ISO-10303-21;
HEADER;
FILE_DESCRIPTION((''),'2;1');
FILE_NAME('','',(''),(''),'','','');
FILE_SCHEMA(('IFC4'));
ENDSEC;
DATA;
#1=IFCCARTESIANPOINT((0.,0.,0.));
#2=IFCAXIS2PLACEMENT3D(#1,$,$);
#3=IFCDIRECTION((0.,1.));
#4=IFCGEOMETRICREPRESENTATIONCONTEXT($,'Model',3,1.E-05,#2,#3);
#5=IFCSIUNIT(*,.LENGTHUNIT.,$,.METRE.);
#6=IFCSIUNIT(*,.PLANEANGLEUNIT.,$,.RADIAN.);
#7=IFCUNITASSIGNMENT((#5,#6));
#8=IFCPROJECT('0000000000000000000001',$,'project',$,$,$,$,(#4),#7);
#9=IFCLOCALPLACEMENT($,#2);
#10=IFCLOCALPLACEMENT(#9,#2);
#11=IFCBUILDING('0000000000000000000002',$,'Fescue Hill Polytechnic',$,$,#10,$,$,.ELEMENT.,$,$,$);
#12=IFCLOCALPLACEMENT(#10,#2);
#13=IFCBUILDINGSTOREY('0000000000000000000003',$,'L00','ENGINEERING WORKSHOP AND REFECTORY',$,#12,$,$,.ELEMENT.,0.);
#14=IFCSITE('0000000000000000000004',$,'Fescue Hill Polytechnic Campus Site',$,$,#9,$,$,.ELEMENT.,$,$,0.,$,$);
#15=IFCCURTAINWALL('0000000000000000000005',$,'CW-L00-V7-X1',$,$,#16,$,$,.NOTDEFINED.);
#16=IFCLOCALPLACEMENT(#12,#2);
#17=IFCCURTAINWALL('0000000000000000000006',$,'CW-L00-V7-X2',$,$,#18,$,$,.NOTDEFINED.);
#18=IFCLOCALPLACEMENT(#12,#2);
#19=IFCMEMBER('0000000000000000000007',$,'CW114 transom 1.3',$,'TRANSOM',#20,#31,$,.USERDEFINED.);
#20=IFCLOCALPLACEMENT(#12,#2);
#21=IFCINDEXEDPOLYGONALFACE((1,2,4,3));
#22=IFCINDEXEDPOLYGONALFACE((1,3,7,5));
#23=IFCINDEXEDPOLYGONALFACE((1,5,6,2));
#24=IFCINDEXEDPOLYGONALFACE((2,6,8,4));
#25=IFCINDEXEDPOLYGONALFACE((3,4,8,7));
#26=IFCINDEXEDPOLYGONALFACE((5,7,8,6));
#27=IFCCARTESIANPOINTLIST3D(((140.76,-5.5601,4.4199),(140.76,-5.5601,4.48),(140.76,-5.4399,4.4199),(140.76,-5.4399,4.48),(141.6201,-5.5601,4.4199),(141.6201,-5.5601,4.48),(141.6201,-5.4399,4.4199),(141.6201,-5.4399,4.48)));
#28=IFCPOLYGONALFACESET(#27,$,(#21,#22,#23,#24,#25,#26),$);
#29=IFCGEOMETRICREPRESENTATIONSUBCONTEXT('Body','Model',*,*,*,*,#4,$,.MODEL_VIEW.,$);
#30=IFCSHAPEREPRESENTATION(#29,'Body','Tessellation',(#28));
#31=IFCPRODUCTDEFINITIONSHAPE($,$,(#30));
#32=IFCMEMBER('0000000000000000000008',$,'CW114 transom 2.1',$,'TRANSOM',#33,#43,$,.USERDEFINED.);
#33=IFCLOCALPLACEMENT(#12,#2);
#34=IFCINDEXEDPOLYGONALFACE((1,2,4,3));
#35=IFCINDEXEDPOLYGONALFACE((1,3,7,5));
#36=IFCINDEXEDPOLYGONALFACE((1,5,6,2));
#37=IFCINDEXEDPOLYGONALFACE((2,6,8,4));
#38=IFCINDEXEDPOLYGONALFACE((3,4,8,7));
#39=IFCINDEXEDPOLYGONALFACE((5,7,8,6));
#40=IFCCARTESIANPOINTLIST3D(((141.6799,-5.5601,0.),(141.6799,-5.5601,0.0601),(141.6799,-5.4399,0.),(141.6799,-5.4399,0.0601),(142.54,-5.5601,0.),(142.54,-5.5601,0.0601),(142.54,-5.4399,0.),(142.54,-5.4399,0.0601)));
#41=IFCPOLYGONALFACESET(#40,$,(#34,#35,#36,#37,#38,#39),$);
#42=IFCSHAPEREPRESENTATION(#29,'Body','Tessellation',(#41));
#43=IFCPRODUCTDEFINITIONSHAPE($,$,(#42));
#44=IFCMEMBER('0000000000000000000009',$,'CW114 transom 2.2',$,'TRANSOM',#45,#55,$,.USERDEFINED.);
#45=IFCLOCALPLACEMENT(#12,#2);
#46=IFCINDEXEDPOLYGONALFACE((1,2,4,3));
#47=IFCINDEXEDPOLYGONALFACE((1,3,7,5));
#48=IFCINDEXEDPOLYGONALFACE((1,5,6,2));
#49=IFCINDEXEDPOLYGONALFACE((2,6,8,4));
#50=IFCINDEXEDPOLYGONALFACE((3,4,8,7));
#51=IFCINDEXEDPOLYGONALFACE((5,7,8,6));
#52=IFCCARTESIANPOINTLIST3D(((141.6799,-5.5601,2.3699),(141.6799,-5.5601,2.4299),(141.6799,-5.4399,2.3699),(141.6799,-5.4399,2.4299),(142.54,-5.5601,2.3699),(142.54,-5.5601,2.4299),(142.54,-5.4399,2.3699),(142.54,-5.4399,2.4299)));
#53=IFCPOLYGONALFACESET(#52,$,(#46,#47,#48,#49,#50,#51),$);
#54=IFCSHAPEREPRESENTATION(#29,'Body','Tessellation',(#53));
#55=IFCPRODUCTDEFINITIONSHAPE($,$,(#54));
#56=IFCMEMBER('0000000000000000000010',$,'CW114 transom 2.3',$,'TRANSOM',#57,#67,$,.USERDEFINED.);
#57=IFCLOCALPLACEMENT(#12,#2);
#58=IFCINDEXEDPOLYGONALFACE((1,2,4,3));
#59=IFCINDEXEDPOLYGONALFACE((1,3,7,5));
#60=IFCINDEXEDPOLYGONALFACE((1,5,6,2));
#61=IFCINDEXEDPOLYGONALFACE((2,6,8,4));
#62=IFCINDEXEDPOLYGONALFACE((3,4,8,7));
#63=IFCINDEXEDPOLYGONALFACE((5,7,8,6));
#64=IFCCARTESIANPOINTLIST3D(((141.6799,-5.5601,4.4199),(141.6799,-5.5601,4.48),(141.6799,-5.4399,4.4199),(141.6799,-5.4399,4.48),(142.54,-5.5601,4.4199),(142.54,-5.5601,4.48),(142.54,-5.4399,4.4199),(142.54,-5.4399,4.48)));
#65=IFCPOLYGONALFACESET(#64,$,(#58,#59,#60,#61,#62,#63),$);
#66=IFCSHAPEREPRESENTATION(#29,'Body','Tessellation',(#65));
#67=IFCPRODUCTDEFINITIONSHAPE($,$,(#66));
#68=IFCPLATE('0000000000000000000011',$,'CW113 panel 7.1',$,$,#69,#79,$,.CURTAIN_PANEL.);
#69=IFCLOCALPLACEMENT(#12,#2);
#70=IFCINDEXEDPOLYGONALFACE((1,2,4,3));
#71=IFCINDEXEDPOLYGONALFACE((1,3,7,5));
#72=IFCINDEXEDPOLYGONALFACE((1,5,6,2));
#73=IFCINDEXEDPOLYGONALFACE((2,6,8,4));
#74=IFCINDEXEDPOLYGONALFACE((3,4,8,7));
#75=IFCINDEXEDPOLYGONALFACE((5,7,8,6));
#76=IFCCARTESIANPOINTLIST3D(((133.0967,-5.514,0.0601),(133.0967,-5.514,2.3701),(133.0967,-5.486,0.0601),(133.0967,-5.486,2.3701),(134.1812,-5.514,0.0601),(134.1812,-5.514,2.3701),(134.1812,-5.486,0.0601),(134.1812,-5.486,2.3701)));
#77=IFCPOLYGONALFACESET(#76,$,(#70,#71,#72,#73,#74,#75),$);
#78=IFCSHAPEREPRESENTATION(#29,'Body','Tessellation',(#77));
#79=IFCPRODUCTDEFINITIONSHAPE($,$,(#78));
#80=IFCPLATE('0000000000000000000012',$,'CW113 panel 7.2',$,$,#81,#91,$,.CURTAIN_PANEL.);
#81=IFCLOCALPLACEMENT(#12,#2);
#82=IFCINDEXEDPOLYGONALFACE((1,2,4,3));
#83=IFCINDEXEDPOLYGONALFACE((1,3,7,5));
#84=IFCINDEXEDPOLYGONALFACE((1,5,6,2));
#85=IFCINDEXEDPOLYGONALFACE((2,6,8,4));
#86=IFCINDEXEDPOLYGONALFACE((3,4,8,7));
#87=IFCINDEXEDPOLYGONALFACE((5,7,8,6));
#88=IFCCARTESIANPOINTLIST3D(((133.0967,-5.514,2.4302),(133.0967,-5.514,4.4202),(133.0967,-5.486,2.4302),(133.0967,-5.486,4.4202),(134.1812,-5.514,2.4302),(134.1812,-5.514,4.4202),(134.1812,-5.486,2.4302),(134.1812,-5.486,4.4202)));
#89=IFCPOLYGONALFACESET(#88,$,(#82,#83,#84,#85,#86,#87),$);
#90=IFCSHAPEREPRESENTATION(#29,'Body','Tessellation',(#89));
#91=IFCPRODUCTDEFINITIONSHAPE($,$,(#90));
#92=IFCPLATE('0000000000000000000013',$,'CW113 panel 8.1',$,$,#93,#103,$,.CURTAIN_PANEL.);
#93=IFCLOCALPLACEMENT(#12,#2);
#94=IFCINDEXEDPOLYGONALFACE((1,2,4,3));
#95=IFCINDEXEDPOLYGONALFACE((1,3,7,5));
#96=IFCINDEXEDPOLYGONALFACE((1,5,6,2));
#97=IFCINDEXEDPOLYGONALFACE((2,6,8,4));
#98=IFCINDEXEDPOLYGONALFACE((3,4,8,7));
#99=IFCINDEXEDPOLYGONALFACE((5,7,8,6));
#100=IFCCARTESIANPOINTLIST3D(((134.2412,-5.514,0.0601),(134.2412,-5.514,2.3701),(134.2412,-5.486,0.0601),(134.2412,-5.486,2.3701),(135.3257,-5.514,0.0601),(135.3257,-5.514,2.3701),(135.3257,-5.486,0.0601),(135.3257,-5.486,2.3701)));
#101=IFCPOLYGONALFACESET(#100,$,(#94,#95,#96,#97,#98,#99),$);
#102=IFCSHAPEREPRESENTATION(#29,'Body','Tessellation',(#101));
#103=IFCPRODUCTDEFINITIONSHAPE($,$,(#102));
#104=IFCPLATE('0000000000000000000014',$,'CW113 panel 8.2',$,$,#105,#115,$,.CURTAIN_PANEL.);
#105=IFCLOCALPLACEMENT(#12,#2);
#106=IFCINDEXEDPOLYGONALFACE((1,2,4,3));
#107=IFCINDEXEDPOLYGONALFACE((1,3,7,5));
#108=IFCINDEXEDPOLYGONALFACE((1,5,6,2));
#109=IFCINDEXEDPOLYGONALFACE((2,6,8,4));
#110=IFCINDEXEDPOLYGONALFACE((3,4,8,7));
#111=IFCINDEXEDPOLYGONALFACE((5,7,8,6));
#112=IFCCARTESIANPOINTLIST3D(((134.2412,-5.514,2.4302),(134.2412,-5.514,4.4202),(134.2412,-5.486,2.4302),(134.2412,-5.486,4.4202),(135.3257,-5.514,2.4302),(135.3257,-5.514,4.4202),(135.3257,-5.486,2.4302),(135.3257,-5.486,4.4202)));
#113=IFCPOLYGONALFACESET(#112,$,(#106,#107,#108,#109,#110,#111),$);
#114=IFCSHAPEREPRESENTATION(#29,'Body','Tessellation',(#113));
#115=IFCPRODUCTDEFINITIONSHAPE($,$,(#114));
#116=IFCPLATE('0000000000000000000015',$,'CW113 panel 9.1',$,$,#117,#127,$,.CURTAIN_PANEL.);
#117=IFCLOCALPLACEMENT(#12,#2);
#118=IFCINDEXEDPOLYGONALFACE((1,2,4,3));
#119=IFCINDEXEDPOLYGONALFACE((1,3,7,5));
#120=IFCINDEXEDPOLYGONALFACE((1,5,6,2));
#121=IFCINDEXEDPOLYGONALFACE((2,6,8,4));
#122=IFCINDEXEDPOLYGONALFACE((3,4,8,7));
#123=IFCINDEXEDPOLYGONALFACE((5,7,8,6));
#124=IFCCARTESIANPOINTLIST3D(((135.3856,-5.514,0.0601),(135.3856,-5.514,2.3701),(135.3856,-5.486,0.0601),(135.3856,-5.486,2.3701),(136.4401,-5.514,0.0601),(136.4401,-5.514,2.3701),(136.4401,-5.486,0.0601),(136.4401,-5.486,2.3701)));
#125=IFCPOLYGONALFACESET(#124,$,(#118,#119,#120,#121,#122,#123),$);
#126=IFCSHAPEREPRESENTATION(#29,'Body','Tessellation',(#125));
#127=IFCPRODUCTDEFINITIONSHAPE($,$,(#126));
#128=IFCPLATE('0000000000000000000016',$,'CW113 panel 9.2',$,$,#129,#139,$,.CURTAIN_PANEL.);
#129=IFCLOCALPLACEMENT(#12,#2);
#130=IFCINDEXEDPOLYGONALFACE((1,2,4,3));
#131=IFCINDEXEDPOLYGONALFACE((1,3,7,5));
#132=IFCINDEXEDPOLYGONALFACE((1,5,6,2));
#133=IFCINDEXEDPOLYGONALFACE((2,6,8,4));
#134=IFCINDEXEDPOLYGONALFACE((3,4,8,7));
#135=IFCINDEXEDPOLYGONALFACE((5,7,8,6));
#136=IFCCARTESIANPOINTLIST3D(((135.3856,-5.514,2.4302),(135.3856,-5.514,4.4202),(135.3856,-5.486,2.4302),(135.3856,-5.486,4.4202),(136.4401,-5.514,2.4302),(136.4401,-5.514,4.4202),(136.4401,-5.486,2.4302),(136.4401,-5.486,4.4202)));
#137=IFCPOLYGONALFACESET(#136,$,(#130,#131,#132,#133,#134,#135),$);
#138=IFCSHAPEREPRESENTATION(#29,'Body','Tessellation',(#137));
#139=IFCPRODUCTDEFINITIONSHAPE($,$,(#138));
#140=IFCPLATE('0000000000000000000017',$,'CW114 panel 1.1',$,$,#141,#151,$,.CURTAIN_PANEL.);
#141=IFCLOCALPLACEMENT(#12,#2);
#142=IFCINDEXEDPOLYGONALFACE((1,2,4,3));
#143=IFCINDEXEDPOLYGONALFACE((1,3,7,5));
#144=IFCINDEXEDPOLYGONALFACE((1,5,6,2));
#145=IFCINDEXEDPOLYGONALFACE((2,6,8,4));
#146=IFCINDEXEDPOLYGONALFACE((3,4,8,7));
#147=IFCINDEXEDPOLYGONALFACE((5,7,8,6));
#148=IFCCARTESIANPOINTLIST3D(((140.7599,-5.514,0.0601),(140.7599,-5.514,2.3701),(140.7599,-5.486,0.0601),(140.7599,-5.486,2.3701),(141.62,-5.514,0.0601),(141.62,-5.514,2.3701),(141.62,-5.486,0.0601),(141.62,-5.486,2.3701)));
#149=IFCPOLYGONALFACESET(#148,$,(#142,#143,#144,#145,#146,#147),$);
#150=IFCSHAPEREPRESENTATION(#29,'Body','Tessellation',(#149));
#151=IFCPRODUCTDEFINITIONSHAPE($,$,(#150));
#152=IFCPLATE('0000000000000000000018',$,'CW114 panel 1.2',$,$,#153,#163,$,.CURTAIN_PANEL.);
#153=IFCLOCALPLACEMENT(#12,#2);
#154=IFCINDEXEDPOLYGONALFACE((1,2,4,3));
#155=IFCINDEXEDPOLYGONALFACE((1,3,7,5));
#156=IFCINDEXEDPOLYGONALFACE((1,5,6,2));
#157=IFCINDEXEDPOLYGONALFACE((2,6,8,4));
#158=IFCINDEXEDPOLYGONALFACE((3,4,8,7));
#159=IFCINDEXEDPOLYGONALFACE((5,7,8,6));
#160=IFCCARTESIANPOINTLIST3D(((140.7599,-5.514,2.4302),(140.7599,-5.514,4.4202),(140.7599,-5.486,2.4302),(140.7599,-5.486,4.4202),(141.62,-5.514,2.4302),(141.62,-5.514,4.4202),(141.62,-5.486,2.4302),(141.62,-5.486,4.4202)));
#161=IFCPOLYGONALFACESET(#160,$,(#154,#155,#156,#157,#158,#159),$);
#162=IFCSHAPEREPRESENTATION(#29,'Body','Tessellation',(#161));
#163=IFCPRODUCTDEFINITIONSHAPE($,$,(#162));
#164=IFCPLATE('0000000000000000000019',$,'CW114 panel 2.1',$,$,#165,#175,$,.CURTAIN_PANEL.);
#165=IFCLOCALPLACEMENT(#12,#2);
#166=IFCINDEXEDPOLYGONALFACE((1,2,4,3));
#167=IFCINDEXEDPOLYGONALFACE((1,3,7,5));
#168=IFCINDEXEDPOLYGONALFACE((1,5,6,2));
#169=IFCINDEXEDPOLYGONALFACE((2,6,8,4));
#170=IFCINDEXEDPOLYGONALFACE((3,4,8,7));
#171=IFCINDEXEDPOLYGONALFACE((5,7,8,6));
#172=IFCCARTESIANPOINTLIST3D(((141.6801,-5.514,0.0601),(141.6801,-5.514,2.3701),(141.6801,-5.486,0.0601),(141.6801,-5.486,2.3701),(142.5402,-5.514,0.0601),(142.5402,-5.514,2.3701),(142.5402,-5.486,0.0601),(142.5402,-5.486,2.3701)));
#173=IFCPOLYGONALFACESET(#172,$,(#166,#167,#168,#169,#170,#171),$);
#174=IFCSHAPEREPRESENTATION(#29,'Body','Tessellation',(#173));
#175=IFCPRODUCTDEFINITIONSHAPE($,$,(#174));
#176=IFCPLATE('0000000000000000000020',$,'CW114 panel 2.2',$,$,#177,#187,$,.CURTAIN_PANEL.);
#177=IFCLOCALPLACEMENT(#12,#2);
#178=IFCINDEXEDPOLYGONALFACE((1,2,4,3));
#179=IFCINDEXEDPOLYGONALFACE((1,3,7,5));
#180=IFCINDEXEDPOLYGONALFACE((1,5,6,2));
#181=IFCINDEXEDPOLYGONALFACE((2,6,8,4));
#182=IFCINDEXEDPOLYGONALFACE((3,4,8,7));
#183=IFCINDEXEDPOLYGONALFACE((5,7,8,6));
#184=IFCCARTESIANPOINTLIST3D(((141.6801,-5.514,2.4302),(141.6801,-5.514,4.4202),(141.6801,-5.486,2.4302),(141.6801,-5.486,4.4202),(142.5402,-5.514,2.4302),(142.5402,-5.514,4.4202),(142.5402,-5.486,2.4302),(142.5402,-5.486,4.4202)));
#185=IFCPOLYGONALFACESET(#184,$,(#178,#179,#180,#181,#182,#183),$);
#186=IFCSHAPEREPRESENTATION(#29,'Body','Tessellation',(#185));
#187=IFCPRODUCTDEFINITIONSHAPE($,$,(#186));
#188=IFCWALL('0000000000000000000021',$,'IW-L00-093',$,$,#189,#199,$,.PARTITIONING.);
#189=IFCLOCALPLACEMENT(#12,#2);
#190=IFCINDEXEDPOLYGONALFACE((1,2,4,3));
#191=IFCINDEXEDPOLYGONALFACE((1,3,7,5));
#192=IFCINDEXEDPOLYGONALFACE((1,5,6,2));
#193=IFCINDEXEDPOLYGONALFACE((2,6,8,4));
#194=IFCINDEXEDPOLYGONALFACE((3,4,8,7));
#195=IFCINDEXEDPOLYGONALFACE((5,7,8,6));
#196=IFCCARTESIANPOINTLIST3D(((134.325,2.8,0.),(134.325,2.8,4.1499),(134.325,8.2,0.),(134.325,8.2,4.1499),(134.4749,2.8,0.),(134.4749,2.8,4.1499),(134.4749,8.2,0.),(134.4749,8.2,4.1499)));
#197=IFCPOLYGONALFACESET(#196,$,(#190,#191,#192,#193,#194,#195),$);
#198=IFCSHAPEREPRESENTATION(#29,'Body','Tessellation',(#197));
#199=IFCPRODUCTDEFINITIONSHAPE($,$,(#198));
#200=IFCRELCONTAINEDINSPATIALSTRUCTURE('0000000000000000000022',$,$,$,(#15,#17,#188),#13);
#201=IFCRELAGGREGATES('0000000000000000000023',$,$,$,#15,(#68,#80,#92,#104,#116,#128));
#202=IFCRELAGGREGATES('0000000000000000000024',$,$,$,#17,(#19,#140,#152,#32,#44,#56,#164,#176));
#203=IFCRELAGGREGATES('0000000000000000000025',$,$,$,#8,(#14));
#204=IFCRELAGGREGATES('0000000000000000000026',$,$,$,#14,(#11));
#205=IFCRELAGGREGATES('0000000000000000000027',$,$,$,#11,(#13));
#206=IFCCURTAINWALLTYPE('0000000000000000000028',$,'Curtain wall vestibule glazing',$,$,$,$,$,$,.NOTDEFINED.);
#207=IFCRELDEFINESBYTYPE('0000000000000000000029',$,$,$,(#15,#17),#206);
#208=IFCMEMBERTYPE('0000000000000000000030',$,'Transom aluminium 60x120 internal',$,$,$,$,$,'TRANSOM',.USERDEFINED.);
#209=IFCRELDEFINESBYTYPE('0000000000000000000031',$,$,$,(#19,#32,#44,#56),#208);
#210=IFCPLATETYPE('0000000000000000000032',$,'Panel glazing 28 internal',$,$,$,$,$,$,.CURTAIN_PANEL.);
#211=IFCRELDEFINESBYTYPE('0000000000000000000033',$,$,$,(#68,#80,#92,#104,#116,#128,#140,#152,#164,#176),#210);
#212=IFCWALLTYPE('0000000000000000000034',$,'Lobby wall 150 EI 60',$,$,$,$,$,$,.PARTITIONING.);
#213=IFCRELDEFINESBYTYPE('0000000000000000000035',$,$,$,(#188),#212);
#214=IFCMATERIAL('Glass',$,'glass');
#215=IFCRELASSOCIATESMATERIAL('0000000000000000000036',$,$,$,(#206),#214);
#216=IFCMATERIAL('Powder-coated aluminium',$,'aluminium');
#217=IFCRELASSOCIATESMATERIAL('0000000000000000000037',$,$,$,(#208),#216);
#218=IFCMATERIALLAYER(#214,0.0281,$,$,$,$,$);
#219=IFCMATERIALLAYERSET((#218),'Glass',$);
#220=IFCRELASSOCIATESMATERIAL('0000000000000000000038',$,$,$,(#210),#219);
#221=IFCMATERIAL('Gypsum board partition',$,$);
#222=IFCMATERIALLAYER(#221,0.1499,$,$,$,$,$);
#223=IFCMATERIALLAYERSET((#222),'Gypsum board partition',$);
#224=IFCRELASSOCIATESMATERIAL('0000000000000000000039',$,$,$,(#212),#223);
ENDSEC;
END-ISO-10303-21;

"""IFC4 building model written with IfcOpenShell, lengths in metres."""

from ifc_helpers import new_model, si_unit, direction, frame, frame_2d, origin, origin_2d, place, context, subcontext, project, spatial, rectangle, extrude, material, layer, layer_set, material_profile, profile_set, type_object, element, aggregate, save


model = new_model("IFC4")

# Units and contexts
model_context = context("Model", 3, precision=1e-05, world=origin(), true_north=direction((0.0, 1.0)))
body_context = subcontext(model_context, "Body", "Model", "MODEL_VIEW")
ifc_project = project(units=[si_unit("LENGTHUNIT", "METRE"), si_unit("PLANEANGLEUNIT", "RADIAN")], contexts=[model_context])

# Site, building, storey
site_placement = place(None, origin())
site = spatial("IfcSite", under=ifc_project, at=site_placement, Name="Fescue Hill Polytechnic Campus Site", CompositionType="ELEMENT", RefElevation=0.0)
building_placement = place(site_placement, origin())
building = spatial("IfcBuilding", under=site, at=building_placement, Name="Fescue Hill Polytechnic", CompositionType="ELEMENT")
storey_placement = place(building_placement, origin())
storey = spatial("IfcBuildingStorey", under=building, at=storey_placement, Name="L00", Description="ENGINEERING WORKSHOP AND REFECTORY", CompositionType="ELEMENT", Elevation=0.0)

# Curtain walls
ifc_material_1 = material(Name="Glass", Category="glass")
curtain_wall_type = type_object("IfcCurtainWallType", Name="Curtain wall vestibule glazing", PredefinedType="NOTDEFINED", material=ifc_material_1)
curtain_wall_1_placement = place(storey_placement, origin())
curtain_wall_1 = element("IfcCurtainWall", 1, at=curtain_wall_1_placement, inside=storey, type_object=curtain_wall_type, Name="CW-L00-V7-X1", PredefinedType="NOTDEFINED")
ifc_material_2 = material(Name="Powder-coated aluminium", Category="aluminium")
curtain_wall_2_placement = place(storey_placement, origin())
curtain_wall_2 = element("IfcCurtainWall", 2, at=curtain_wall_2_placement, inside=storey, type_object=curtain_wall_type, Name="CW-L00-V7-X2", PredefinedType="NOTDEFINED")

# Members
ifc_material_profile_1 = material_profile(ifc_material_2, rectangle(XDim=0.1201, YDim=0.0601, at=origin_2d()), Name="Transom aluminium 60x120 internal")
ifc_profile_set_1 = profile_set([ifc_material_profile_1], Name="Powder-coated aluminium")
member_type_1 = type_object("IfcMemberType", Name="Transom aluminium 60x120 internal", ElementType="TRANSOM", PredefinedType="USERDEFINED", material=ifc_profile_set_1)
member_1_placement = place(storey_placement, frame((140.76, -5.5, 4.45), z_axis=(1.0, 0.0, 0.0), x_axis=(0.0, 1.0, 0.0)))
member_1 = element("IfcMember", 3, at=member_1_placement, type_object=member_type_1, Name="CW114 transom 1.3", ObjectType="TRANSOM", PredefinedType="USERDEFINED", context=body_context, shape_type="SweptSolid", body=[
    extrude(rectangle(XDim=0.1201, YDim=0.0601, at=origin_2d()), origin(), (0.0, 0.0, 1.0), 0.8601),
])
member_2_placement = place(storey_placement, frame((141.6799, -5.5, 0.03), z_axis=(1.0, 0.0, 0.0), x_axis=(0.0, 1.0, 0.0)))
member_2 = element("IfcMember", 4, at=member_2_placement, type_object=member_type_1, Name="CW114 transom 2.1", ObjectType="TRANSOM", PredefinedType="USERDEFINED", context=body_context, shape_type="SweptSolid", body=[
    extrude(rectangle(XDim=0.1201, YDim=0.0601, at=origin_2d()), origin(), (0.0, 0.0, 1.0), 0.8601),
])
member_3_placement = place(storey_placement, frame((141.6799, -5.5, 2.3999), z_axis=(1.0, 0.0, 0.0), x_axis=(0.0, 1.0, 0.0)))
member_3 = element("IfcMember", 5, at=member_3_placement, type_object=member_type_1, Name="CW114 transom 2.2", ObjectType="TRANSOM", PredefinedType="USERDEFINED", context=body_context, shape_type="SweptSolid", body=[
    extrude(rectangle(XDim=0.1201, YDim=0.0601, at=origin_2d()), origin(), (0.0, 0.0, 1.0), 0.8601),
])
member_4_placement = place(storey_placement, frame((141.6799, -5.5, 4.45), z_axis=(1.0, 0.0, 0.0), x_axis=(0.0, 1.0, 0.0)))
member_4 = element("IfcMember", 6, at=member_4_placement, type_object=member_type_1, Name="CW114 transom 2.3", ObjectType="TRANSOM", PredefinedType="USERDEFINED", context=body_context, shape_type="SweptSolid", body=[
    extrude(rectangle(XDim=0.1201, YDim=0.0601, at=origin_2d()), origin(), (0.0, 0.0, 1.0), 0.8601),
])

# Plates
ifc_layer_1 = layer(ifc_material_1, 0.0281)
ifc_layer_set_1 = layer_set([ifc_layer_1], Name="Glass")
plate_type = type_object("IfcPlateType", Name="Panel glazing 28 internal", PredefinedType="CURTAIN_PANEL", material=ifc_layer_set_1)
plate_1_placement = place(storey_placement, frame((133.6389, -5.5, 0.0601), z_axis=(0.0, 0.0, 1.0), x_axis=(1.0, 0.0, 0.0)))
plate_1 = element("IfcPlate", 7, at=plate_1_placement, type_object=plate_type, Name="CW113 panel 7.1", PredefinedType="CURTAIN_PANEL", context=body_context, shape_type="SweptSolid", body=[
    extrude(rectangle(XDim=1.0845, YDim=0.0281, at=origin_2d()), origin(), (0.0, 0.0, 1.0), 2.3101),
])
plate_2_placement = place(storey_placement, frame((133.6389, -5.5, 2.4302), z_axis=(0.0, 0.0, 1.0), x_axis=(1.0, 0.0, 0.0)))
plate_2 = element("IfcPlate", 8, at=plate_2_placement, type_object=plate_type, Name="CW113 panel 7.2", PredefinedType="CURTAIN_PANEL", context=body_context, shape_type="SweptSolid", body=[
    extrude(rectangle(XDim=1.0845, YDim=0.0281, at=origin_2d()), origin(), (0.0, 0.0, 1.0), 1.99),
])
plate_3_placement = place(storey_placement, frame((134.7834, -5.5, 0.0601), z_axis=(0.0, 0.0, 1.0), x_axis=(1.0, 0.0, 0.0)))
plate_3 = element("IfcPlate", 9, at=plate_3_placement, type_object=plate_type, Name="CW113 panel 8.1", PredefinedType="CURTAIN_PANEL", context=body_context, shape_type="SweptSolid", body=[
    extrude(rectangle(XDim=1.0845, YDim=0.0281, at=origin_2d()), origin(), (0.0, 0.0, 1.0), 2.3101),
])
plate_4_placement = place(storey_placement, frame((134.7834, -5.5, 2.4302), z_axis=(0.0, 0.0, 1.0), x_axis=(1.0, 0.0, 0.0)))
plate_4 = element("IfcPlate", 10, at=plate_4_placement, type_object=plate_type, Name="CW113 panel 8.2", PredefinedType="CURTAIN_PANEL", context=body_context, shape_type="SweptSolid", body=[
    extrude(rectangle(XDim=1.0845, YDim=0.0281, at=origin_2d()), origin(), (0.0, 0.0, 1.0), 1.99),
])
plate_5_placement = place(storey_placement, frame((135.9128, -5.5, 0.0601), z_axis=(0.0, 0.0, 1.0), x_axis=(1.0, 0.0, 0.0)))
plate_5 = element("IfcPlate", 11, at=plate_5_placement, type_object=plate_type, Name="CW113 panel 9.1", PredefinedType="CURTAIN_PANEL", context=body_context, shape_type="SweptSolid", body=[
    extrude(rectangle(XDim=1.0544, YDim=0.0281, at=origin_2d()), origin(), (0.0, 0.0, 1.0), 2.3101),
])
plate_6_placement = place(storey_placement, frame((135.9128, -5.5, 2.4302), z_axis=(0.0, 0.0, 1.0), x_axis=(1.0, 0.0, 0.0)))
plate_6 = element("IfcPlate", 12, at=plate_6_placement, type_object=plate_type, Name="CW113 panel 9.2", PredefinedType="CURTAIN_PANEL", context=body_context, shape_type="SweptSolid", body=[
    extrude(rectangle(XDim=1.0544, YDim=0.0281, at=origin_2d()), origin(), (0.0, 0.0, 1.0), 1.99),
])
aggregate(curtain_wall_1, [plate_1, plate_2, plate_3, plate_4, plate_5, plate_6])
plate_7_placement = place(storey_placement, frame((141.1899, -5.5, 0.0601), z_axis=(0.0, 0.0, 1.0), x_axis=(1.0, 0.0, 0.0)))
plate_7 = element("IfcPlate", 13, at=plate_7_placement, type_object=plate_type, Name="CW114 panel 1.1", PredefinedType="CURTAIN_PANEL", context=body_context, shape_type="SweptSolid", body=[
    extrude(rectangle(XDim=0.8601, YDim=0.0281, at=origin_2d()), origin(), (0.0, 0.0, 1.0), 2.3101),
])
plate_8_placement = place(storey_placement, frame((141.1899, -5.5, 2.4302), z_axis=(0.0, 0.0, 1.0), x_axis=(1.0, 0.0, 0.0)))
plate_8 = element("IfcPlate", 14, at=plate_8_placement, type_object=plate_type, Name="CW114 panel 1.2", PredefinedType="CURTAIN_PANEL", context=body_context, shape_type="SweptSolid", body=[
    extrude(rectangle(XDim=0.8601, YDim=0.0281, at=origin_2d()), origin(), (0.0, 0.0, 1.0), 1.99),
])
plate_9_placement = place(storey_placement, frame((142.1101, -5.5, 0.0601), z_axis=(0.0, 0.0, 1.0), x_axis=(1.0, 0.0, 0.0)))
plate_9 = element("IfcPlate", 15, at=plate_9_placement, type_object=plate_type, Name="CW114 panel 2.1", PredefinedType="CURTAIN_PANEL", context=body_context, shape_type="SweptSolid", body=[
    extrude(rectangle(XDim=0.8601, YDim=0.0281, at=origin_2d()), origin(), (0.0, 0.0, 1.0), 2.3101),
])
plate_10_placement = place(storey_placement, frame((142.1101, -5.5, 2.4302), z_axis=(0.0, 0.0, 1.0), x_axis=(1.0, 0.0, 0.0)))
plate_10 = element("IfcPlate", 16, at=plate_10_placement, type_object=plate_type, Name="CW114 panel 2.2", PredefinedType="CURTAIN_PANEL", context=body_context, shape_type="SweptSolid", body=[
    extrude(rectangle(XDim=0.8601, YDim=0.0281, at=origin_2d()), origin(), (0.0, 0.0, 1.0), 1.99),
])
aggregate(curtain_wall_2, [member_1, plate_7, plate_8, member_2, member_3, member_4, plate_9, plate_10])

# Wall
ifc_material_3 = material(Name="Gypsum board partition")
ifc_layer_2 = layer(ifc_material_3, 0.1499)
ifc_layer_set_2 = layer_set([ifc_layer_2], Name="Gypsum board partition")
wall_type_1 = type_object("IfcWallType", Name="Lobby wall 150 EI 60", PredefinedType="PARTITIONING", material=ifc_layer_set_2)
wall_1_placement = place(storey_placement, frame((134.3999, 2.8, 0.0), z_axis=(0.0, 0.0, 1.0), x_axis=(0.0, 1.0, 0.0)))
element("IfcWall", 17, at=wall_1_placement, inside=storey, type_object=wall_type_1, Name="IW-L00-093", PredefinedType="PARTITIONING", context=body_context, shape_type="SweptSolid", body=[
    extrude(rectangle(XDim=5.3999, YDim=0.1499, at=frame_2d((2.7, 0.0))), origin(), (0.0, 0.0, 1.0), 4.1499),
])

save(model, "model.ifc")
